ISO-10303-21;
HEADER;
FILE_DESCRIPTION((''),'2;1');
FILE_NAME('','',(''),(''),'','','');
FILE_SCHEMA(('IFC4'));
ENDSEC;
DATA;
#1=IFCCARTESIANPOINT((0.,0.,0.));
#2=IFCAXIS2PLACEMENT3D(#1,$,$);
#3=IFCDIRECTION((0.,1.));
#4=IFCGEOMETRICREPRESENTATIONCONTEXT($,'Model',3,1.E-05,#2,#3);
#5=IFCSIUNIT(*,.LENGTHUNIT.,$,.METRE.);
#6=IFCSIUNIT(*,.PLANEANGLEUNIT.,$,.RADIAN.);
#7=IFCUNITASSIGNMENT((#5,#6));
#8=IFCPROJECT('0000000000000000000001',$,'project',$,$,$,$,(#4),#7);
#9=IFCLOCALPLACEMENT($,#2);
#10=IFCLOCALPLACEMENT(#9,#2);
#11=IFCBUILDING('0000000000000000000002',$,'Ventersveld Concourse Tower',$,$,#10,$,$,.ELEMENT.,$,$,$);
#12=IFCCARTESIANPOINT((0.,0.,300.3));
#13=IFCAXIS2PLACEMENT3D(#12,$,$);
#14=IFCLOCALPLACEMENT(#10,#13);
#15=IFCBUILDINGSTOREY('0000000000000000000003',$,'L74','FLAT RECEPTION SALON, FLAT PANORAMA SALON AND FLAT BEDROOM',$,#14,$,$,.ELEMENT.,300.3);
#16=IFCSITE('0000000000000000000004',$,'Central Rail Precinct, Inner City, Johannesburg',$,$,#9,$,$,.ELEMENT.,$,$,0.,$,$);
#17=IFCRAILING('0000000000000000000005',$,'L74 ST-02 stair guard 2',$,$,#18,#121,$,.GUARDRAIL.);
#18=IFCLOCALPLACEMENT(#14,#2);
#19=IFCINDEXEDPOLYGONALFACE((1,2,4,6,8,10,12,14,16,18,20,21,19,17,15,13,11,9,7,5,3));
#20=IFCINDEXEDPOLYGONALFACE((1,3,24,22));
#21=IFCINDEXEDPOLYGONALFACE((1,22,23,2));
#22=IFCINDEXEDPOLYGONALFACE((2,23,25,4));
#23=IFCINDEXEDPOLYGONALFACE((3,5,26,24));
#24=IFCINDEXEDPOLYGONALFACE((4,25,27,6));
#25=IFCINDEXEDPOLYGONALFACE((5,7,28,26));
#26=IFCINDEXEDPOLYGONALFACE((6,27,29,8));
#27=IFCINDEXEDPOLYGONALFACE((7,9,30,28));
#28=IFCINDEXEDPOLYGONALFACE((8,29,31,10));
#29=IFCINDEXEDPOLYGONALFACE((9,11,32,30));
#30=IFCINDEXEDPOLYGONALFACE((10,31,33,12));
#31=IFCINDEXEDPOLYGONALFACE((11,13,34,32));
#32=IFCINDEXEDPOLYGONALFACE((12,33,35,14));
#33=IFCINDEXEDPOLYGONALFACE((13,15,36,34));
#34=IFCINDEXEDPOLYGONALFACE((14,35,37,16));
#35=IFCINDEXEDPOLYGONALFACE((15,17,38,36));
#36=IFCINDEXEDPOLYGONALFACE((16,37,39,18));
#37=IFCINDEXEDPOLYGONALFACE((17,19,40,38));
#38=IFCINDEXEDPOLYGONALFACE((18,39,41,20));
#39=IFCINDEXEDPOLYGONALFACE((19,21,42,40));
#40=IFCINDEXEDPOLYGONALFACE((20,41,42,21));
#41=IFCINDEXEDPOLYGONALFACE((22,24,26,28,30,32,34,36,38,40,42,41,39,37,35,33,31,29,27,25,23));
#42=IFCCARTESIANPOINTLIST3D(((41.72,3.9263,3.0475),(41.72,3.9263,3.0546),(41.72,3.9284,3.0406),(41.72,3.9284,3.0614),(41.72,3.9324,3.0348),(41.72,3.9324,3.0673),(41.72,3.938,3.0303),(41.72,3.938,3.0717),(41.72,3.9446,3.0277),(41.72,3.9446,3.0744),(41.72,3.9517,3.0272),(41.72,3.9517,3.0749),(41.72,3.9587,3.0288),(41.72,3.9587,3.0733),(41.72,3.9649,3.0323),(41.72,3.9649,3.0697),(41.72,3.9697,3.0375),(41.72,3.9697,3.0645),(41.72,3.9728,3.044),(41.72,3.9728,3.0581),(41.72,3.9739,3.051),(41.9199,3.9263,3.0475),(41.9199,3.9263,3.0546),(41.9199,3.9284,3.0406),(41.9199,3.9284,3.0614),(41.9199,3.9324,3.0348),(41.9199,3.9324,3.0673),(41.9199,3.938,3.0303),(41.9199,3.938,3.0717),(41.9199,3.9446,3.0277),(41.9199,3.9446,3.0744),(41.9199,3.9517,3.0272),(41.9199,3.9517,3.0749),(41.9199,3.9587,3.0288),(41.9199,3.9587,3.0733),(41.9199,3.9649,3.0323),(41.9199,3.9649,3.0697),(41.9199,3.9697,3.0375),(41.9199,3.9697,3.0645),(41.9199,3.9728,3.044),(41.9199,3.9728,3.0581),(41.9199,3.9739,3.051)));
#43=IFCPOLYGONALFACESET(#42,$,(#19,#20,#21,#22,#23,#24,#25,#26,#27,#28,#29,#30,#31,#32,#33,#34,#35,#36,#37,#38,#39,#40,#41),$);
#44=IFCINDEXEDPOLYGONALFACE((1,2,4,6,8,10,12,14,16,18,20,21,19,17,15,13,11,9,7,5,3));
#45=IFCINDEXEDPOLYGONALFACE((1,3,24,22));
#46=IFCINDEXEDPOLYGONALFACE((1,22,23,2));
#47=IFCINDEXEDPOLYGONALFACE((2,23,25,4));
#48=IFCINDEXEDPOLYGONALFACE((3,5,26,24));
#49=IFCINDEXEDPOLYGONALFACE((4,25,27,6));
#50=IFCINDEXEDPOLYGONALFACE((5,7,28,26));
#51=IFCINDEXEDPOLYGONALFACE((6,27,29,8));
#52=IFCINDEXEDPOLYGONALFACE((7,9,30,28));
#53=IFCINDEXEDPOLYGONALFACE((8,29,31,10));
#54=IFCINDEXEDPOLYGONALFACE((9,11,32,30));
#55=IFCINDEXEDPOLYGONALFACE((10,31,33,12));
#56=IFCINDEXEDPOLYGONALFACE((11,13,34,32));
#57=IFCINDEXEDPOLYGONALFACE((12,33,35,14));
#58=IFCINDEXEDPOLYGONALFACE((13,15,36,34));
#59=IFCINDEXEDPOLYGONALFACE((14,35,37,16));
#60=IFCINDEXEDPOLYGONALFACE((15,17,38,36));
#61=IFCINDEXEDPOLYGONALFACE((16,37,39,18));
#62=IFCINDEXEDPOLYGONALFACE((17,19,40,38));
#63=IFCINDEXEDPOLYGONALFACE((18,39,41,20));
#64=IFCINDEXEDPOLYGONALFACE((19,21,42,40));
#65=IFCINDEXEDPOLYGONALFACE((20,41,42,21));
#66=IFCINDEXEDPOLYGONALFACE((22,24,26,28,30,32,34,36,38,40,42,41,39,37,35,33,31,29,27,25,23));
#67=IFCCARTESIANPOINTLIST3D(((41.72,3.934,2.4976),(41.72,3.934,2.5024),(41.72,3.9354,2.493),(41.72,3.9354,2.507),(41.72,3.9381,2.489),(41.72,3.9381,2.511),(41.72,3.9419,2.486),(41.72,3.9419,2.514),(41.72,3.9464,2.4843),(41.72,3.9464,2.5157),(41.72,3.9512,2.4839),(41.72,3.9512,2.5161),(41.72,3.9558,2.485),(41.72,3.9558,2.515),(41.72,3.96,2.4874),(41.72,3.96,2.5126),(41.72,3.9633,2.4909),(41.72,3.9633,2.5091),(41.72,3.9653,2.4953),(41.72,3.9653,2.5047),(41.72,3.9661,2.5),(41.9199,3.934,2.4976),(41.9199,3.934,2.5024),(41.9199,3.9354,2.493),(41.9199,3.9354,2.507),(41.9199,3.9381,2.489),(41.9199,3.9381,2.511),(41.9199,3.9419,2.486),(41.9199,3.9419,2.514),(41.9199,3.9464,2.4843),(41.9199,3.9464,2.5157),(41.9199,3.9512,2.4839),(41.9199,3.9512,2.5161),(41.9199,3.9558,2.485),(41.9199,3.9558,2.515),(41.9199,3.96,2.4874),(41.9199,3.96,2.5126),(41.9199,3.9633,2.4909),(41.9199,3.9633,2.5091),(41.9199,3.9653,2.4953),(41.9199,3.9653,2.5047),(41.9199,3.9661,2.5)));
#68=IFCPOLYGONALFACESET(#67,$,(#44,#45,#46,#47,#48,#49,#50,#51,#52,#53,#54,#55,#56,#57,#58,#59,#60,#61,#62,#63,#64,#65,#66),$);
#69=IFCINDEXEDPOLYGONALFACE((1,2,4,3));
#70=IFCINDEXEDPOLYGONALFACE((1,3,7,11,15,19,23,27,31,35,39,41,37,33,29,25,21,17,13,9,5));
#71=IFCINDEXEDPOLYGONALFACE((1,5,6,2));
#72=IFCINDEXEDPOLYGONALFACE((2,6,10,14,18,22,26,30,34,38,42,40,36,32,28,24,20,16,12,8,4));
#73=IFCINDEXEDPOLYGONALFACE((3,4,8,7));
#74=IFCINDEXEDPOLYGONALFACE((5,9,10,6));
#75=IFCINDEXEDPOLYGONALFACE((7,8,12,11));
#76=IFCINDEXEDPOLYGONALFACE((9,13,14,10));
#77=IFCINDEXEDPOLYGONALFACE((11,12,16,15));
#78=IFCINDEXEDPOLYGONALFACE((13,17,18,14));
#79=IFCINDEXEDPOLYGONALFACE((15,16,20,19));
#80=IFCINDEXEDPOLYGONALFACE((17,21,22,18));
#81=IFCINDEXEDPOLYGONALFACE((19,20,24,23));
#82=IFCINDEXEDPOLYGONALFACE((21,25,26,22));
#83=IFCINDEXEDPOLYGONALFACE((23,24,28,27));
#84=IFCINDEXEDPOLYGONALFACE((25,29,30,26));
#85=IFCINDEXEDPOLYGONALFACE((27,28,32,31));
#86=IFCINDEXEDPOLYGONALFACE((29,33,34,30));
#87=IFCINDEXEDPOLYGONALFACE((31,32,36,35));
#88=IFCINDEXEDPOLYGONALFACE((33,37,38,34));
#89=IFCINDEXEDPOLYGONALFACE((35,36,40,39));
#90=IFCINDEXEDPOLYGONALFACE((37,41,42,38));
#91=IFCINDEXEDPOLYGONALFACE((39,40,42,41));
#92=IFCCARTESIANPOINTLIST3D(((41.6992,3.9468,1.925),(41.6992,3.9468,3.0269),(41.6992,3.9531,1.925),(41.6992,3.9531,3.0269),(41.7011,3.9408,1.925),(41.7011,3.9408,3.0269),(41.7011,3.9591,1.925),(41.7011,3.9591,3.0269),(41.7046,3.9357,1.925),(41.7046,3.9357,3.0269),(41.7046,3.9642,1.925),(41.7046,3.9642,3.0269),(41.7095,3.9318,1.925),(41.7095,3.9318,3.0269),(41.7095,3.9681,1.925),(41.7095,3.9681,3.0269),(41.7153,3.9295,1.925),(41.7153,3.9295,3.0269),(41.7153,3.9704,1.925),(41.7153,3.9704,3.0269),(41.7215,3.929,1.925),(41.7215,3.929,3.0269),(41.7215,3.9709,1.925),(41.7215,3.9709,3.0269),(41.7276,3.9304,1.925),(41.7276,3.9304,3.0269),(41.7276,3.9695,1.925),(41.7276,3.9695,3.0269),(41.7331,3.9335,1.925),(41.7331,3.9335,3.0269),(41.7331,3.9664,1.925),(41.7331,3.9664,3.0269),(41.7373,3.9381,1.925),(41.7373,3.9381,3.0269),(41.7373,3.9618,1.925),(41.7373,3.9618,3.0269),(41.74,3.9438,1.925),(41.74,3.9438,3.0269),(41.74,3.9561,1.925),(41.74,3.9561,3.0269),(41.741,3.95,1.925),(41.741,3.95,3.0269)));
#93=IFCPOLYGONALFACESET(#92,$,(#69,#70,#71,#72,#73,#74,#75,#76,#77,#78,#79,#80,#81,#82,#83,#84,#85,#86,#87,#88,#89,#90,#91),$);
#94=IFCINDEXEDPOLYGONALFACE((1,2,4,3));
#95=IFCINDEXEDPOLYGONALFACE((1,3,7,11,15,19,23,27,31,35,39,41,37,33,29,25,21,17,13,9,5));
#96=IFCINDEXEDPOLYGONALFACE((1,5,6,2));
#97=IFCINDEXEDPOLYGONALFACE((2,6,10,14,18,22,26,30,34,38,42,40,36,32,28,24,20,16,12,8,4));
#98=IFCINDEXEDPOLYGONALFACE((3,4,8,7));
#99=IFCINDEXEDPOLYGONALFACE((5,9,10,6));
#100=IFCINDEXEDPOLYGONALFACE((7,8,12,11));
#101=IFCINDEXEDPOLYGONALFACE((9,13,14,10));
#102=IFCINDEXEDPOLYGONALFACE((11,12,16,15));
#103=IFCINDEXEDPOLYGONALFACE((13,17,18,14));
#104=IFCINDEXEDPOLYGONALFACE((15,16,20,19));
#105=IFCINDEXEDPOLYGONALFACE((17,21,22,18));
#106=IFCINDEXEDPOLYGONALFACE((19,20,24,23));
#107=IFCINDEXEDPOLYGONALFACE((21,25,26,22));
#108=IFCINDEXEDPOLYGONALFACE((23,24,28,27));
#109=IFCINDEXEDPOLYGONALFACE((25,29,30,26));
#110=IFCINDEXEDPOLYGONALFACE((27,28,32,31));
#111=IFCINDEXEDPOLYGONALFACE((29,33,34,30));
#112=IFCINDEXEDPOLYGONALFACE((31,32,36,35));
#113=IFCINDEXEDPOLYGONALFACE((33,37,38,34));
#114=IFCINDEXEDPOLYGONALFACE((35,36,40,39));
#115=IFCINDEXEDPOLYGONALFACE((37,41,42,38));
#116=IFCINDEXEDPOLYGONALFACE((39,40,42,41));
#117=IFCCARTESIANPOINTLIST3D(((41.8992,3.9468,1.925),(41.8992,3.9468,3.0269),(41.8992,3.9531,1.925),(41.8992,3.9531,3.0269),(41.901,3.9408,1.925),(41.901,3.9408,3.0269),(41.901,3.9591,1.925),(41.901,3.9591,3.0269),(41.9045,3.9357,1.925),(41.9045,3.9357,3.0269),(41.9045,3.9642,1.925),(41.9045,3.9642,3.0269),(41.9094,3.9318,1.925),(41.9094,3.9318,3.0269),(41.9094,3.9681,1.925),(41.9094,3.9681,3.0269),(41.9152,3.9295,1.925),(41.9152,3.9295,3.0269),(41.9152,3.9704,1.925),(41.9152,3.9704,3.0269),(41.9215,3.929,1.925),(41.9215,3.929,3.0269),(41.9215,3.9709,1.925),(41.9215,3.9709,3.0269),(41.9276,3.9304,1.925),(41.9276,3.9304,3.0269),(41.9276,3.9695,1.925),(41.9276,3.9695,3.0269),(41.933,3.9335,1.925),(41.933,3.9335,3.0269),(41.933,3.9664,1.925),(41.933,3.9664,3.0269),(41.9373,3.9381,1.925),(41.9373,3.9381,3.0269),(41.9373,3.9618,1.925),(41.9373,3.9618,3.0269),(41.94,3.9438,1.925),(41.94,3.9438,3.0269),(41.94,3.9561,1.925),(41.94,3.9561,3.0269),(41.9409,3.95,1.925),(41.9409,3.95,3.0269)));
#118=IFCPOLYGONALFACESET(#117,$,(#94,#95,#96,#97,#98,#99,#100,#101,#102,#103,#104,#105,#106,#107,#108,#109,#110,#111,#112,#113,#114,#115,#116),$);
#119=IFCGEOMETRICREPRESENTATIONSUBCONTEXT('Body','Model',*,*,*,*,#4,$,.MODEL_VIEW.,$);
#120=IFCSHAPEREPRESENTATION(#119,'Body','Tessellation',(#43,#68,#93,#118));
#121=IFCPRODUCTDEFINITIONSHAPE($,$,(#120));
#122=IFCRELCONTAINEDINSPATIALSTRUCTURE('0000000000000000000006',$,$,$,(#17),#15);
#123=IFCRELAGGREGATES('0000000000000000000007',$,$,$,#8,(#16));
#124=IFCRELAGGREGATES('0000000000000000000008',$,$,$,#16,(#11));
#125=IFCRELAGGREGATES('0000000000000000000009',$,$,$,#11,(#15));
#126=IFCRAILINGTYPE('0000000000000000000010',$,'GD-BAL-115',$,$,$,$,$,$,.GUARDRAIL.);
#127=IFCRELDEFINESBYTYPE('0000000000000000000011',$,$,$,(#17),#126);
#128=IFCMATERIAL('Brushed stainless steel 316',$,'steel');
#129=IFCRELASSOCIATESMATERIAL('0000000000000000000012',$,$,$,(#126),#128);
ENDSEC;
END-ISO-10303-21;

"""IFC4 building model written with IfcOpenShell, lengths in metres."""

from ifc_helpers import new_model, si_unit, direction, frame, origin, origin_2d, place, context, subcontext, project, spatial, circle, extrude, material, type_object, element, save


model = new_model("IFC4")

# Units and contexts
model_context = context("Model", 3, precision=1e-05, world=origin(), true_north=direction((0.0, 1.0)))
body_context = subcontext(model_context, "Body", "Model", "MODEL_VIEW")
ifc_project = project(units=[si_unit("LENGTHUNIT", "METRE"), si_unit("PLANEANGLEUNIT", "RADIAN")], contexts=[model_context])

# Site, building, storey
site_placement = place(None, origin())
site = spatial("IfcSite", under=ifc_project, at=site_placement, Name="Central Rail Precinct, Inner City, Johannesburg", CompositionType="ELEMENT", RefElevation=0.0)
building_placement = place(site_placement, origin())
building = spatial("IfcBuilding", under=site, at=building_placement, Name="Ventersveld Concourse Tower", CompositionType="ELEMENT")
storey_placement = place(building_placement, frame((0.0, 0.0, 300.3)))
storey = spatial("IfcBuildingStorey", under=building, at=storey_placement, Name="L74", Description="FLAT RECEPTION SALON, FLAT PANORAMA SALON AND FLAT BEDROOM", CompositionType="ELEMENT", Elevation=300.3)

# Shared definitions
ifc_material_1 = material(Name="Brushed stainless steel 316", Category="steel")

# Railing
railing_type_1 = type_object("IfcRailingType", Name="GD-BAL-115", PredefinedType="GUARDRAIL", material=ifc_material_1)
railing_1_placement = place(storey_placement, frame((41.72, 3.95, 1.925)))
element("IfcRailing", 1, at=railing_1_placement, inside=storey, type_object=railing_type_1, Name="L74 ST-02 stair guard 2", PredefinedType="GUARDRAIL", context=body_context, shape_type="SweptSolid", body=[
    extrude(circle(Radius=0.0239, at=origin_2d()), frame((0.0, 0.0, 1.126), z_axis=(1.0, 0.0, 0.0), x_axis=(0.0, 1.0, 0.0)), (0.0, 0.0, 1.0), 0.2),
    extrude(circle(Radius=0.0161, at=origin_2d()), frame((0.0, 0.0, 0.575), z_axis=(1.0, 0.0, 0.0), x_axis=(0.0, 1.0, 0.0)), (0.0, 0.0, 1.0), 0.2),
    extrude(circle(Radius=0.021, at=origin_2d()), origin(), (0.0, 0.0, 1.0), 1.1018),
    extrude(circle(Radius=0.021, at=origin_2d()), frame((0.2, 0.0, 0.0)), (0.0, 0.0, 1.0), 1.1018),
])

save(model, "model.ifc")
